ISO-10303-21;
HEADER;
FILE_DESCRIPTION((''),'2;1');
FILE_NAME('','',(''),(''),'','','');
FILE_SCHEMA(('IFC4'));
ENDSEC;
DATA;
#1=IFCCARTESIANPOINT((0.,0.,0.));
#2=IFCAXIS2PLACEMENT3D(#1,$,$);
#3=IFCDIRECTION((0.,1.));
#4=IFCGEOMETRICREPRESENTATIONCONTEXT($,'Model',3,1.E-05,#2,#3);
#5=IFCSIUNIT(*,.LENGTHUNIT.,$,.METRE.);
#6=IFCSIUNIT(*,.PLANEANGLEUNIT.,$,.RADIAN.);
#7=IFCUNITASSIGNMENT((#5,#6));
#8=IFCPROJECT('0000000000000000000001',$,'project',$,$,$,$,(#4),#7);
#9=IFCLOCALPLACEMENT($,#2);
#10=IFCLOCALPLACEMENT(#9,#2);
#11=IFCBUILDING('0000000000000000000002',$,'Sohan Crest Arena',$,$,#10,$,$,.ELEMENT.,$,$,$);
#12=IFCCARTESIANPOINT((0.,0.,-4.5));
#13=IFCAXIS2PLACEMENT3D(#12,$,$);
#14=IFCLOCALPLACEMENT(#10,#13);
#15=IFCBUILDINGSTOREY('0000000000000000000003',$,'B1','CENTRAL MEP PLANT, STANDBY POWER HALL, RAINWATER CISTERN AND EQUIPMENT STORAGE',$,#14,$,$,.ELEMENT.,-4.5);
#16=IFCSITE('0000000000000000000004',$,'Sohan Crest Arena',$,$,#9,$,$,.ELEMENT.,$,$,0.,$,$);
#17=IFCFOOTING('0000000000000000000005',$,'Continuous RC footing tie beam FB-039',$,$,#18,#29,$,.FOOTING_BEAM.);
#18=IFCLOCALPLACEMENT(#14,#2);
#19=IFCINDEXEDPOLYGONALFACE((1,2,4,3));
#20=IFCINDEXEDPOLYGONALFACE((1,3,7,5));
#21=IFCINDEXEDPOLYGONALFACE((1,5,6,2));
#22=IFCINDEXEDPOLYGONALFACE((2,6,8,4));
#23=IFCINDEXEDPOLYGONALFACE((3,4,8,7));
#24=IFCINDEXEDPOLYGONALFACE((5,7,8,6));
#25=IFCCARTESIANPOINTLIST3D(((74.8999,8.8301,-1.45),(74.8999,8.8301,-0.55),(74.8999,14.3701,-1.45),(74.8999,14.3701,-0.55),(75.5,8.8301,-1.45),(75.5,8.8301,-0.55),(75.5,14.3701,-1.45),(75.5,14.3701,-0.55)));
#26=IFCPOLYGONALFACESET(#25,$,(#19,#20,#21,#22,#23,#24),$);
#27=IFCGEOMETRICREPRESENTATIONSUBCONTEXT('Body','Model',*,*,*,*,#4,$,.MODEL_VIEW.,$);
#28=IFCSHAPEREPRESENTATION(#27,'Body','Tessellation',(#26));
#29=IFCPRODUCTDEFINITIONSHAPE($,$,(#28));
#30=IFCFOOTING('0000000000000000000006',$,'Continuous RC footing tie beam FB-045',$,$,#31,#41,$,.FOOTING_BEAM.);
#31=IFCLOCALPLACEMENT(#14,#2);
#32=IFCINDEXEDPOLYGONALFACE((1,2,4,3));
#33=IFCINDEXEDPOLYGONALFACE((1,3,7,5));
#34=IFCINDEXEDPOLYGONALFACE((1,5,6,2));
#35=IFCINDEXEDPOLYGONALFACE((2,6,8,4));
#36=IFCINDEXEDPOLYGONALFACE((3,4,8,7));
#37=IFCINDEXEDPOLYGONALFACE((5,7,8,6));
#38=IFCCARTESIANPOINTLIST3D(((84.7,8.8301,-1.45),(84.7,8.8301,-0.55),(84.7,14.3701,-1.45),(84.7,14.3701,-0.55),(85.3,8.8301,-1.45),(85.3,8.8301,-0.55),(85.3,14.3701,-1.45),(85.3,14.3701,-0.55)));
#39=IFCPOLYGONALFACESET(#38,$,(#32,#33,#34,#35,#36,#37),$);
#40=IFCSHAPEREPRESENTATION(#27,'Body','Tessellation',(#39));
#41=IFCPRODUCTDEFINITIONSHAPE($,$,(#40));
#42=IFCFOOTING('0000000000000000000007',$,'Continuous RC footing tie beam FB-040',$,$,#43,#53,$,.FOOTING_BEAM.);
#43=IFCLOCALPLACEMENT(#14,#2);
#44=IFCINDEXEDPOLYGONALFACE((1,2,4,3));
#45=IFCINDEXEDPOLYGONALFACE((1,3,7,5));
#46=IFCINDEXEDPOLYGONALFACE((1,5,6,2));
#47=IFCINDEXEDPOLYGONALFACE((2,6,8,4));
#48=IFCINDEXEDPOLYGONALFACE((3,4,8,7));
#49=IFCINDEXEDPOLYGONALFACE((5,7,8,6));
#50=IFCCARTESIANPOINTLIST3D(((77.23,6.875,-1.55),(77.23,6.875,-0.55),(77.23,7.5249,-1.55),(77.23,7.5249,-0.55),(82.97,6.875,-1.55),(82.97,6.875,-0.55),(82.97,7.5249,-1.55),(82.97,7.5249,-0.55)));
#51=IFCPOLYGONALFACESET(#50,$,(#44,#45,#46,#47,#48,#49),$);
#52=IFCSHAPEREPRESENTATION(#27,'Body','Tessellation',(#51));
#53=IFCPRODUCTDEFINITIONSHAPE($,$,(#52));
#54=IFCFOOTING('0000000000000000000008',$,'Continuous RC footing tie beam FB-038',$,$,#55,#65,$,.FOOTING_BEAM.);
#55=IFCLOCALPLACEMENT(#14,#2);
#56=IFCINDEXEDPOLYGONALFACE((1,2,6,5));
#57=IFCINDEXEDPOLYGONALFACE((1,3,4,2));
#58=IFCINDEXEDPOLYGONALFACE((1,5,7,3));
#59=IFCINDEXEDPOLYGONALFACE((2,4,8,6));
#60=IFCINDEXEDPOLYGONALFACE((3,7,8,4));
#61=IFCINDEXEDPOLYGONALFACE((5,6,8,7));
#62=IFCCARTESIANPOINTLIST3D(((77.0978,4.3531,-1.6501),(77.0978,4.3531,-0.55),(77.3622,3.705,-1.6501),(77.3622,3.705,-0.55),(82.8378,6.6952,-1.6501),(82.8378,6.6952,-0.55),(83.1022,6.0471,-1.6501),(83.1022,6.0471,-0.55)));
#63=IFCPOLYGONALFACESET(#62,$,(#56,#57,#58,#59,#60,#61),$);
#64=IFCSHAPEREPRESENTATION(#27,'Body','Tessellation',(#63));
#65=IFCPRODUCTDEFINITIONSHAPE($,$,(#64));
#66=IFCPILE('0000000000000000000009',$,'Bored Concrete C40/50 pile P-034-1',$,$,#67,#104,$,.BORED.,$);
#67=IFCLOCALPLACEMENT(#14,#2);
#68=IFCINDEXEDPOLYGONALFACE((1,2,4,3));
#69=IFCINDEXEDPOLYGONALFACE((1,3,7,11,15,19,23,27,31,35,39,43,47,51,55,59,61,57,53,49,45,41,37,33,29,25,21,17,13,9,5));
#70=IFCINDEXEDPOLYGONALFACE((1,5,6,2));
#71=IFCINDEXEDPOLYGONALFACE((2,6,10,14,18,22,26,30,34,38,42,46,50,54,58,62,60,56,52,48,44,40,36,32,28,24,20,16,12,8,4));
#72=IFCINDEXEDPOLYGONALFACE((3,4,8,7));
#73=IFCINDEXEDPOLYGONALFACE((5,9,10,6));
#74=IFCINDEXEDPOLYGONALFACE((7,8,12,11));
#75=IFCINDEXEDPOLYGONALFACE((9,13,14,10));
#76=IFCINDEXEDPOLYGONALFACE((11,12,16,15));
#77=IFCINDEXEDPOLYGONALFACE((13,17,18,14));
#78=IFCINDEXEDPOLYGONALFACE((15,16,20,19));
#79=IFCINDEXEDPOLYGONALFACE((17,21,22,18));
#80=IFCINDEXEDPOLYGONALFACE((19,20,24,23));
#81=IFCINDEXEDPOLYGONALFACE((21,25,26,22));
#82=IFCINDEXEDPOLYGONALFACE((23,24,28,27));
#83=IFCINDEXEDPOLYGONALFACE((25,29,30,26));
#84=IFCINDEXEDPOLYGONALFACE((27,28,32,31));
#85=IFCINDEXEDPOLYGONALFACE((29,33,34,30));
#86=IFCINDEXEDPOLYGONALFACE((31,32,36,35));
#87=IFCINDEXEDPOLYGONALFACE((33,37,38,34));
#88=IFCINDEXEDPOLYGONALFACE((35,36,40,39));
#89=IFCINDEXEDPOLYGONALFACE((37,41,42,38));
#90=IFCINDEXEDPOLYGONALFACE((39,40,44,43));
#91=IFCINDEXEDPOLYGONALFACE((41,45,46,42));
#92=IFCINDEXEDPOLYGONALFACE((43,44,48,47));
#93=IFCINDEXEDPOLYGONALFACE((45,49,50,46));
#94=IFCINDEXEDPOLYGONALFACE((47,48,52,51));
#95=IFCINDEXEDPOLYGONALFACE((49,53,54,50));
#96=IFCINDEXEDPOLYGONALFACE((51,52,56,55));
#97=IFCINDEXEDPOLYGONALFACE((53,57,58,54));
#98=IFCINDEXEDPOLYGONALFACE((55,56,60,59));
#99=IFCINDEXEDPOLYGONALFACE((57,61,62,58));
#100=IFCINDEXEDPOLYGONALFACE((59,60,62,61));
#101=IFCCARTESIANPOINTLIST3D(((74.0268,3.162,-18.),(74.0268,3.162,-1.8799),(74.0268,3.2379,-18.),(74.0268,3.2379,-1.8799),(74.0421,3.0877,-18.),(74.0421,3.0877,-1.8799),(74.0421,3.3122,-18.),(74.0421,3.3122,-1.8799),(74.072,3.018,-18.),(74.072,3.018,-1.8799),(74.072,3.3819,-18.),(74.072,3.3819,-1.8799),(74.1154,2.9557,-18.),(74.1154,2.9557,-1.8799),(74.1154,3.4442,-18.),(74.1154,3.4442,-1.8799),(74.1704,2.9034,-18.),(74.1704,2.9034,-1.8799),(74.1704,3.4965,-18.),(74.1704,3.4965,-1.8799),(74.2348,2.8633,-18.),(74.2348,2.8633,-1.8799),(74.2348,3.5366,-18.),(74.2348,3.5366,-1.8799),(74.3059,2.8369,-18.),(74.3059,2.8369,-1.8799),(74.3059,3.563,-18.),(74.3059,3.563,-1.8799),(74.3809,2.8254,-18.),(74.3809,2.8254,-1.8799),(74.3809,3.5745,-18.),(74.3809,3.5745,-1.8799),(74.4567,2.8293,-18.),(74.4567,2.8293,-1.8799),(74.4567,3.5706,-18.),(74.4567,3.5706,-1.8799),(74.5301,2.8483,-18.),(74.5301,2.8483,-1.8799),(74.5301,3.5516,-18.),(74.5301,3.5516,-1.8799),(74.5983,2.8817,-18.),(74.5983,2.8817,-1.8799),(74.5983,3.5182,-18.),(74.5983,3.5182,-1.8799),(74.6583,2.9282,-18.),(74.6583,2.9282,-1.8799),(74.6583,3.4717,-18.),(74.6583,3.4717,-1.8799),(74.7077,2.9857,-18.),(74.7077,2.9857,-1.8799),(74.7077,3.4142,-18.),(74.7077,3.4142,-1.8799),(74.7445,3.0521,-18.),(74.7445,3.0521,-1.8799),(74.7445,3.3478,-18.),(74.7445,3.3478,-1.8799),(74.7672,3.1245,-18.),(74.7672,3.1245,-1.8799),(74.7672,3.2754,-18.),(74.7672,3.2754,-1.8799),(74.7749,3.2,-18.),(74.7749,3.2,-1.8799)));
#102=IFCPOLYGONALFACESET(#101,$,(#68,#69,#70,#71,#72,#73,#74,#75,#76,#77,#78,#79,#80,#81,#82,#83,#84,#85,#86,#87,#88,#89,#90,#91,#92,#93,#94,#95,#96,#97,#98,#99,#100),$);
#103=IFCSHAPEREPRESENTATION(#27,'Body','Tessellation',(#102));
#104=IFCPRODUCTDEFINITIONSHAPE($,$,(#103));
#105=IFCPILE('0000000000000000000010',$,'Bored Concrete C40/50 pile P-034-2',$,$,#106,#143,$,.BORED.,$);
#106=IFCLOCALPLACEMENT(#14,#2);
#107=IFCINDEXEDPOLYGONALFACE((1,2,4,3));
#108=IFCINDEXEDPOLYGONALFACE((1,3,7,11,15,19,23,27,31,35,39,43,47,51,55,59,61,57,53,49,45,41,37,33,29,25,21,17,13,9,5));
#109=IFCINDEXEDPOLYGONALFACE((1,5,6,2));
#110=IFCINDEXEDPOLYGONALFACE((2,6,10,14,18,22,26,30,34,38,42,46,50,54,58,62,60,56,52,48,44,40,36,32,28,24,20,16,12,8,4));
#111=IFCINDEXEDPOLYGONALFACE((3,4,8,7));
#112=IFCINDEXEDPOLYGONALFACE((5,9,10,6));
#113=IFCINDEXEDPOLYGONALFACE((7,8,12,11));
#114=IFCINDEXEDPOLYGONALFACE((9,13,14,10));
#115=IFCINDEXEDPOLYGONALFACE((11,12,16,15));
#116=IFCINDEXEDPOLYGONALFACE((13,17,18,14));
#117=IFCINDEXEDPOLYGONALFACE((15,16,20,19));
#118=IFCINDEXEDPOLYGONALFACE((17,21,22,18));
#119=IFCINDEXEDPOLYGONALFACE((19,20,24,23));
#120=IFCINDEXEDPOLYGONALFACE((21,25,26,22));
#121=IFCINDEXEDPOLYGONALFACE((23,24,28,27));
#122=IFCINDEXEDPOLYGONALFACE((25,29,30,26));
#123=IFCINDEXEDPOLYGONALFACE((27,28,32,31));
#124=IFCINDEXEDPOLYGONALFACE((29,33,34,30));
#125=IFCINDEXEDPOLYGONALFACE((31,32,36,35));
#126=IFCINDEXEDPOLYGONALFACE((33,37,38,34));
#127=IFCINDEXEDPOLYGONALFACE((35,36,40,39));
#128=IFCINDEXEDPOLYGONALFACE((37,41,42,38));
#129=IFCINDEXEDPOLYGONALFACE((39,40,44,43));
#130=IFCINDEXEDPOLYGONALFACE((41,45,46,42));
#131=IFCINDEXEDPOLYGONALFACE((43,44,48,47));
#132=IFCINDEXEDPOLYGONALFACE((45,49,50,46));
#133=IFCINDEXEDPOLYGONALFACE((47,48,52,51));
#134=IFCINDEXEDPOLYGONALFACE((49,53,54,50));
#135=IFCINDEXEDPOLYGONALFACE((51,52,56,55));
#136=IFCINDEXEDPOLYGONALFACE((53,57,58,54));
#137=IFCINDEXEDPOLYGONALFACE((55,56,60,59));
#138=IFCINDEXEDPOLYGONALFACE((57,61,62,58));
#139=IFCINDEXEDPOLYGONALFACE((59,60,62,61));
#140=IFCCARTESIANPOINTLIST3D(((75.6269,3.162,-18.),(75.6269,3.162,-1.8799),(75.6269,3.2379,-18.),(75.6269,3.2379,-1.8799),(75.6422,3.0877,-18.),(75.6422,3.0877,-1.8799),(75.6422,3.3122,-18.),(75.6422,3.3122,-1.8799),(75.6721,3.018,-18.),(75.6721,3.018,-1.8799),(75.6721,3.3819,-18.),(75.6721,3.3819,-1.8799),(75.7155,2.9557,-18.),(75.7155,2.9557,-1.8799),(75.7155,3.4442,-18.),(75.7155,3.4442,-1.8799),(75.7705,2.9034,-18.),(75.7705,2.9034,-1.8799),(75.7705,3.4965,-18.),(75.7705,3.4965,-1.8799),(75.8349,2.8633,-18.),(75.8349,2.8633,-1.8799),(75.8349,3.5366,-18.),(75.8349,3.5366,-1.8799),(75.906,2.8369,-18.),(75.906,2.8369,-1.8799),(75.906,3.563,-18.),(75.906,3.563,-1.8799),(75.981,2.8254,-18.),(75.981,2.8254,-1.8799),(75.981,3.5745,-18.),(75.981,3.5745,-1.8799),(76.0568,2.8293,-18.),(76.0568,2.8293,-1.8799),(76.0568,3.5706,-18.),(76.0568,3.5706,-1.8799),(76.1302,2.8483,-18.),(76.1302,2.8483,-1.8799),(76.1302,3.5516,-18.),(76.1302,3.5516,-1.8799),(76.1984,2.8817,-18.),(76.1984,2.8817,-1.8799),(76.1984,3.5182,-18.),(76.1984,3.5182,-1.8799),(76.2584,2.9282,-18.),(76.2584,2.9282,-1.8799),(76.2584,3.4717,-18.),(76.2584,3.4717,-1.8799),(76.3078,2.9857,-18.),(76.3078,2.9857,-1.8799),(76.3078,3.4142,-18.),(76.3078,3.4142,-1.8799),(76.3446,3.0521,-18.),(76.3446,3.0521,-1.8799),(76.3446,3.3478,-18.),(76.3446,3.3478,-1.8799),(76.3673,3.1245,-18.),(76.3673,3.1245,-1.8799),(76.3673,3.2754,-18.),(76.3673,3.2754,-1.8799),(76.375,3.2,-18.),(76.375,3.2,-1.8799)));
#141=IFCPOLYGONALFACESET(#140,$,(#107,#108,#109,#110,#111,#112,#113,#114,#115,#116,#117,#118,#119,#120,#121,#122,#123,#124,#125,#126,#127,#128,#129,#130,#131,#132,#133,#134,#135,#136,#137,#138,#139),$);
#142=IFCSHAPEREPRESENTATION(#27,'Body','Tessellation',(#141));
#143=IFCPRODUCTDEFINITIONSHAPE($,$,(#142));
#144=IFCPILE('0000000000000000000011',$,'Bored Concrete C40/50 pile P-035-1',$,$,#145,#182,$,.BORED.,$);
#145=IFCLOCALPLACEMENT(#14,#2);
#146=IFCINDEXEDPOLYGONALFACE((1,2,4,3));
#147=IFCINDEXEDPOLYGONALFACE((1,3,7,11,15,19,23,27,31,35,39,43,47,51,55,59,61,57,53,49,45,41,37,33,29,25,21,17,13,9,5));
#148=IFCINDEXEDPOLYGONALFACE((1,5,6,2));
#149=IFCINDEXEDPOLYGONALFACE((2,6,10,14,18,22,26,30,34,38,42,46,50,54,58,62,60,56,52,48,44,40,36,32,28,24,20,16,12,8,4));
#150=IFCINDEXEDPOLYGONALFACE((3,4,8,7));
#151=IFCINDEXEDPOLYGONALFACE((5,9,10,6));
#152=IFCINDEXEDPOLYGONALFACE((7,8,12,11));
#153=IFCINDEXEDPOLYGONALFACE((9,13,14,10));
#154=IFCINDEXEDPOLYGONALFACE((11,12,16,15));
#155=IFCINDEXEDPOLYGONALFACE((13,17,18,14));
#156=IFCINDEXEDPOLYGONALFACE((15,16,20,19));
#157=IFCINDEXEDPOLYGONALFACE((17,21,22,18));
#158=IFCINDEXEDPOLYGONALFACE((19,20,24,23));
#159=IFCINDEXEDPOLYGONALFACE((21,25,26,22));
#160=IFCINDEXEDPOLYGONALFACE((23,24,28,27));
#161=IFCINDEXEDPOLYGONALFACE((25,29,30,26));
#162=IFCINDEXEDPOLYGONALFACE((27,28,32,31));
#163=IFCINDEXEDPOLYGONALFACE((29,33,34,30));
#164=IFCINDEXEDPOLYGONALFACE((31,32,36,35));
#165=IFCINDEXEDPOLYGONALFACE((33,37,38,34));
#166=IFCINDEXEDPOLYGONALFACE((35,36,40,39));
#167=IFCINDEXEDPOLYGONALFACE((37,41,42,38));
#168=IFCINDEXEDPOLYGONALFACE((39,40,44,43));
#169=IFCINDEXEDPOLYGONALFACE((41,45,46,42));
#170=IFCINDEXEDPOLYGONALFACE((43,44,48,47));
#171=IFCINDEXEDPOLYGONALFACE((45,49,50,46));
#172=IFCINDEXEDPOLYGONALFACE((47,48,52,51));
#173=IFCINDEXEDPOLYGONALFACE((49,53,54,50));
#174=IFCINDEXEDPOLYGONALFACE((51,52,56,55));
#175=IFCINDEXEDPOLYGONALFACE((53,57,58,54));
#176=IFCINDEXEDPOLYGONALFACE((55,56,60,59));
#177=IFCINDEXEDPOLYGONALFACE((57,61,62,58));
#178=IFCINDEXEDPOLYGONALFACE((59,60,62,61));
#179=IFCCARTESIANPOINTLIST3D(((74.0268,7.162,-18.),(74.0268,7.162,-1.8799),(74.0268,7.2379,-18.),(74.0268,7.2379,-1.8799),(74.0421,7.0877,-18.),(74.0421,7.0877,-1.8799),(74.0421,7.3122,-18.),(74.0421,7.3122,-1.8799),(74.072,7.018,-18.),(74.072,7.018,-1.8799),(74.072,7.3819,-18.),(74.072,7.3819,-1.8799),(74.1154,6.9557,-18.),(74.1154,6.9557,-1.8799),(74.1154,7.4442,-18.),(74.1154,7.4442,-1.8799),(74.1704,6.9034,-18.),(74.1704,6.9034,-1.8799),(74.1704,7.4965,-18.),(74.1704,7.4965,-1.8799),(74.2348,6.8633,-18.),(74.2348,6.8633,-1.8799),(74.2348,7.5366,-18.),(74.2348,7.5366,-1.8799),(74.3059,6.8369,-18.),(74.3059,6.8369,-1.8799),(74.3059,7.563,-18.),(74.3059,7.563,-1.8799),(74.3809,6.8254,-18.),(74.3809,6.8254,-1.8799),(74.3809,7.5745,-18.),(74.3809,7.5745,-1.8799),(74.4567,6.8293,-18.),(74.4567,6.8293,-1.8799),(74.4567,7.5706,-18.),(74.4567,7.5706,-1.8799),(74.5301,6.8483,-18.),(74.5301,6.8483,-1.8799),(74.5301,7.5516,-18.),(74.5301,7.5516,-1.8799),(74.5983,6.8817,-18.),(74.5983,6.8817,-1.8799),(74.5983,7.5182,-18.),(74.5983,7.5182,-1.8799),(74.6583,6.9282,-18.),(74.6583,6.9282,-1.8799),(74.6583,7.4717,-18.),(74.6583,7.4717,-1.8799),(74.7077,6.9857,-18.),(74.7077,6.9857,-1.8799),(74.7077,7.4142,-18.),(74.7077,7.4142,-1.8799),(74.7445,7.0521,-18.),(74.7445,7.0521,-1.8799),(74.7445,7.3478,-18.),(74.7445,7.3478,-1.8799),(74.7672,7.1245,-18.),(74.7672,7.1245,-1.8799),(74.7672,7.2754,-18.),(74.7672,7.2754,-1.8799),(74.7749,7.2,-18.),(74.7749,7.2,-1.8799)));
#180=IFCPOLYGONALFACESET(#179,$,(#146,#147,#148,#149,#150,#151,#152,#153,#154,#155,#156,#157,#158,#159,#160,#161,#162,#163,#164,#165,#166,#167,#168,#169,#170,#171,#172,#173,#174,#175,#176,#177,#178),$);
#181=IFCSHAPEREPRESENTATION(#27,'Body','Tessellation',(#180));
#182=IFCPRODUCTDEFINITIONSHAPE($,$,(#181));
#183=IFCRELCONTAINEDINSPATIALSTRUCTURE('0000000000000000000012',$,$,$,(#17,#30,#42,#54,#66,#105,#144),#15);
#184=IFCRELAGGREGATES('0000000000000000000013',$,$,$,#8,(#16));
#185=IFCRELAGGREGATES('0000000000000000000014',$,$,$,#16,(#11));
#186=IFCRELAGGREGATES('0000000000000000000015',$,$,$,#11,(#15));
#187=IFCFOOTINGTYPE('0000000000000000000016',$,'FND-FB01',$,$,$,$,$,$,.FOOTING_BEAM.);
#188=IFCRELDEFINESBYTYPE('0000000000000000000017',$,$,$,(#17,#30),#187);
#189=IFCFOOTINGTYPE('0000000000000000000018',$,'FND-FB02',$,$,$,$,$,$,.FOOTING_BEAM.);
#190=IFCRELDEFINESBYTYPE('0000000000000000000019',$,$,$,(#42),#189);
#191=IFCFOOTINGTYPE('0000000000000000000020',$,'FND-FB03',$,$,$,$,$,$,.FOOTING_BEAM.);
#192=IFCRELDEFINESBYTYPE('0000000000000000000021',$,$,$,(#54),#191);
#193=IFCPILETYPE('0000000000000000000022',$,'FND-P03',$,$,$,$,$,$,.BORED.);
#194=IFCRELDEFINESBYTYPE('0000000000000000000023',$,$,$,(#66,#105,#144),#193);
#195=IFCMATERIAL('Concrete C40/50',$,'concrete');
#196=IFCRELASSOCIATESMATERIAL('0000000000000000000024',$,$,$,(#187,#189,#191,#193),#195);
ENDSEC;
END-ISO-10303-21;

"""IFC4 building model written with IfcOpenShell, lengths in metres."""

from ifc_helpers import new_model, si_unit, direction, frame, origin, origin_2d, place, context, subcontext, project, spatial, rectangle, circle, extrude, material, material_profile, profile_set, type_object, element, save


model = new_model("IFC4")

# Units and contexts
model_context = context("Model", 3, precision=1e-05, world=origin(), true_north=direction((0.0, 1.0)))
body_context = subcontext(model_context, "Body", "Model", "MODEL_VIEW")
ifc_project = project(units=[si_unit("LENGTHUNIT", "METRE"), si_unit("PLANEANGLEUNIT", "RADIAN")], contexts=[model_context])

# Site, building, storey
site_placement = place(None, origin())
site = spatial("IfcSite", under=ifc_project, at=site_placement, Name="Sohan Crest Arena", CompositionType="ELEMENT", RefElevation=0.0)
building_placement = place(site_placement, origin())
building = spatial("IfcBuilding", under=site, at=building_placement, Name="Sohan Crest Arena", CompositionType="ELEMENT")
storey_placement = place(building_placement, frame((0.0, 0.0, -4.5)))
storey = spatial("IfcBuildingStorey", under=building, at=storey_placement, Name="B1", Description="CENTRAL MEP PLANT, STANDBY POWER HALL, RAINWATER CISTERN AND EQUIPMENT STORAGE", CompositionType="ELEMENT", Elevation=-4.5)

# Footings
ifc_material_1 = material(Name="Concrete C40/50", Category="concrete")
ifc_material_profile_1 = material_profile(ifc_material_1, rectangle(XDim=0.6001, YDim=0.8999, at=origin_2d()), Name="RC-FB 600x900")
ifc_profile_set_1 = profile_set([ifc_material_profile_1], Name="Concrete C40/50")
footing_type_1 = type_object("IfcFootingType", Name="FND-FB01", PredefinedType="FOOTING_BEAM", material=ifc_profile_set_1)
for number, where, z_axis, x_axis, name in (
    (1, (75.2, 8.8301, -1.0), (0.0, 1.0, 0.0), (-1.0, 0.0, 0.0), "Continuous RC footing tie beam FB-039"),
    (2, (85.0, 8.8301, -1.0), (0.0, 1.0, 0.0), (-1.0, 0.0, 0.0), "Continuous RC footing tie beam FB-045"),
):
    element("IfcFooting", number, at=place(storey_placement, frame(where, z_axis=z_axis, x_axis=x_axis)), inside=storey, type_object=footing_type_1, Name=name, PredefinedType="FOOTING_BEAM", context=body_context, shape_type="SweptSolid", body=[
        extrude(rectangle(XDim=0.6001, YDim=0.8999, at=origin_2d()), origin(), (0.0, 0.0, 1.0), 5.54),
    ])
ifc_material_profile_2 = material_profile(ifc_material_1, rectangle(XDim=0.6499, YDim=1.0, at=origin_2d()), Name="RC-FB 650x1000")
ifc_profile_set_2 = profile_set([ifc_material_profile_2], Name="Concrete C40/50")
footing_type_2 = type_object("IfcFootingType", Name="FND-FB02", PredefinedType="FOOTING_BEAM", material=ifc_profile_set_2)
footing_1_placement = place(storey_placement, frame((77.23, 7.2, -1.05), z_axis=(1.0, 0.0, 0.0), x_axis=(0.0, 1.0, 0.0)))
element("IfcFooting", 3, at=footing_1_placement, inside=storey, type_object=footing_type_2, Name="Continuous RC footing tie beam FB-040", PredefinedType="FOOTING_BEAM", context=body_context, shape_type="SweptSolid", body=[
    extrude(rectangle(XDim=0.6499, YDim=1.0, at=origin_2d()), origin(), (0.0, 0.0, 1.0), 5.74),
])
ifc_material_profile_3 = material_profile(ifc_material_1, rectangle(XDim=0.7, YDim=1.1001, at=origin_2d()), Name="RC-FB 700x1100")
ifc_profile_set_3 = profile_set([ifc_material_profile_3], Name="Concrete C40/50")
footing_type_3 = type_object("IfcFootingType", Name="FND-FB03", PredefinedType="FOOTING_BEAM", material=ifc_profile_set_3)
footing_2_placement = place(storey_placement, frame((77.23, 4.0291, -1.1001), z_axis=(0.925893, 0.377785, 0.0), x_axis=(-0.377785, 0.925893, 0.0)))
element("IfcFooting", 4, at=footing_2_placement, inside=storey, type_object=footing_type_3, Name="Continuous RC footing tie beam FB-038", PredefinedType="FOOTING_BEAM", context=body_context, shape_type="SweptSolid", body=[
    extrude(rectangle(XDim=0.7, YDim=1.1001, at=origin_2d()), origin(), (0.0, 0.0, 1.0), 6.1995),
])

# Piles
ifc_material_profile_4 = material_profile(ifc_material_1, circle(Radius=0.375, at=origin_2d()), Name="PILE D750")
ifc_profile_set_4 = profile_set([ifc_material_profile_4], Name="Concrete C40/50")
pile_type = type_object("IfcPileType", Name="FND-P03", PredefinedType="BORED", material=ifc_profile_set_4)
for number, where, z_axis, x_axis, name in (
    (5, (74.3999, 3.2, -18.0), (0.0, 0.0, 1.0), (1.0, 0.0, 0.0), "Bored Concrete C40/50 pile P-034-1"),
    (6, (76.0, 3.2, -18.0), (0.0, 0.0, 1.0), (1.0, 0.0, 0.0), "Bored Concrete C40/50 pile P-034-2"),
    (7, (74.3999, 7.2, -18.0), (0.0, 0.0, 1.0), (1.0, 0.0, 0.0), "Bored Concrete C40/50 pile P-035-1"),
):
    element("IfcPile", number, at=place(storey_placement, frame(where, z_axis=z_axis, x_axis=x_axis)), inside=storey, type_object=pile_type, Name=name, PredefinedType="BORED", context=body_context, shape_type="SweptSolid", body=[
        extrude(circle(Radius=0.375, at=origin_2d()), origin(), (0.0, 0.0, 1.0), 16.1201),
    ])

save(model, "model.ifc")
